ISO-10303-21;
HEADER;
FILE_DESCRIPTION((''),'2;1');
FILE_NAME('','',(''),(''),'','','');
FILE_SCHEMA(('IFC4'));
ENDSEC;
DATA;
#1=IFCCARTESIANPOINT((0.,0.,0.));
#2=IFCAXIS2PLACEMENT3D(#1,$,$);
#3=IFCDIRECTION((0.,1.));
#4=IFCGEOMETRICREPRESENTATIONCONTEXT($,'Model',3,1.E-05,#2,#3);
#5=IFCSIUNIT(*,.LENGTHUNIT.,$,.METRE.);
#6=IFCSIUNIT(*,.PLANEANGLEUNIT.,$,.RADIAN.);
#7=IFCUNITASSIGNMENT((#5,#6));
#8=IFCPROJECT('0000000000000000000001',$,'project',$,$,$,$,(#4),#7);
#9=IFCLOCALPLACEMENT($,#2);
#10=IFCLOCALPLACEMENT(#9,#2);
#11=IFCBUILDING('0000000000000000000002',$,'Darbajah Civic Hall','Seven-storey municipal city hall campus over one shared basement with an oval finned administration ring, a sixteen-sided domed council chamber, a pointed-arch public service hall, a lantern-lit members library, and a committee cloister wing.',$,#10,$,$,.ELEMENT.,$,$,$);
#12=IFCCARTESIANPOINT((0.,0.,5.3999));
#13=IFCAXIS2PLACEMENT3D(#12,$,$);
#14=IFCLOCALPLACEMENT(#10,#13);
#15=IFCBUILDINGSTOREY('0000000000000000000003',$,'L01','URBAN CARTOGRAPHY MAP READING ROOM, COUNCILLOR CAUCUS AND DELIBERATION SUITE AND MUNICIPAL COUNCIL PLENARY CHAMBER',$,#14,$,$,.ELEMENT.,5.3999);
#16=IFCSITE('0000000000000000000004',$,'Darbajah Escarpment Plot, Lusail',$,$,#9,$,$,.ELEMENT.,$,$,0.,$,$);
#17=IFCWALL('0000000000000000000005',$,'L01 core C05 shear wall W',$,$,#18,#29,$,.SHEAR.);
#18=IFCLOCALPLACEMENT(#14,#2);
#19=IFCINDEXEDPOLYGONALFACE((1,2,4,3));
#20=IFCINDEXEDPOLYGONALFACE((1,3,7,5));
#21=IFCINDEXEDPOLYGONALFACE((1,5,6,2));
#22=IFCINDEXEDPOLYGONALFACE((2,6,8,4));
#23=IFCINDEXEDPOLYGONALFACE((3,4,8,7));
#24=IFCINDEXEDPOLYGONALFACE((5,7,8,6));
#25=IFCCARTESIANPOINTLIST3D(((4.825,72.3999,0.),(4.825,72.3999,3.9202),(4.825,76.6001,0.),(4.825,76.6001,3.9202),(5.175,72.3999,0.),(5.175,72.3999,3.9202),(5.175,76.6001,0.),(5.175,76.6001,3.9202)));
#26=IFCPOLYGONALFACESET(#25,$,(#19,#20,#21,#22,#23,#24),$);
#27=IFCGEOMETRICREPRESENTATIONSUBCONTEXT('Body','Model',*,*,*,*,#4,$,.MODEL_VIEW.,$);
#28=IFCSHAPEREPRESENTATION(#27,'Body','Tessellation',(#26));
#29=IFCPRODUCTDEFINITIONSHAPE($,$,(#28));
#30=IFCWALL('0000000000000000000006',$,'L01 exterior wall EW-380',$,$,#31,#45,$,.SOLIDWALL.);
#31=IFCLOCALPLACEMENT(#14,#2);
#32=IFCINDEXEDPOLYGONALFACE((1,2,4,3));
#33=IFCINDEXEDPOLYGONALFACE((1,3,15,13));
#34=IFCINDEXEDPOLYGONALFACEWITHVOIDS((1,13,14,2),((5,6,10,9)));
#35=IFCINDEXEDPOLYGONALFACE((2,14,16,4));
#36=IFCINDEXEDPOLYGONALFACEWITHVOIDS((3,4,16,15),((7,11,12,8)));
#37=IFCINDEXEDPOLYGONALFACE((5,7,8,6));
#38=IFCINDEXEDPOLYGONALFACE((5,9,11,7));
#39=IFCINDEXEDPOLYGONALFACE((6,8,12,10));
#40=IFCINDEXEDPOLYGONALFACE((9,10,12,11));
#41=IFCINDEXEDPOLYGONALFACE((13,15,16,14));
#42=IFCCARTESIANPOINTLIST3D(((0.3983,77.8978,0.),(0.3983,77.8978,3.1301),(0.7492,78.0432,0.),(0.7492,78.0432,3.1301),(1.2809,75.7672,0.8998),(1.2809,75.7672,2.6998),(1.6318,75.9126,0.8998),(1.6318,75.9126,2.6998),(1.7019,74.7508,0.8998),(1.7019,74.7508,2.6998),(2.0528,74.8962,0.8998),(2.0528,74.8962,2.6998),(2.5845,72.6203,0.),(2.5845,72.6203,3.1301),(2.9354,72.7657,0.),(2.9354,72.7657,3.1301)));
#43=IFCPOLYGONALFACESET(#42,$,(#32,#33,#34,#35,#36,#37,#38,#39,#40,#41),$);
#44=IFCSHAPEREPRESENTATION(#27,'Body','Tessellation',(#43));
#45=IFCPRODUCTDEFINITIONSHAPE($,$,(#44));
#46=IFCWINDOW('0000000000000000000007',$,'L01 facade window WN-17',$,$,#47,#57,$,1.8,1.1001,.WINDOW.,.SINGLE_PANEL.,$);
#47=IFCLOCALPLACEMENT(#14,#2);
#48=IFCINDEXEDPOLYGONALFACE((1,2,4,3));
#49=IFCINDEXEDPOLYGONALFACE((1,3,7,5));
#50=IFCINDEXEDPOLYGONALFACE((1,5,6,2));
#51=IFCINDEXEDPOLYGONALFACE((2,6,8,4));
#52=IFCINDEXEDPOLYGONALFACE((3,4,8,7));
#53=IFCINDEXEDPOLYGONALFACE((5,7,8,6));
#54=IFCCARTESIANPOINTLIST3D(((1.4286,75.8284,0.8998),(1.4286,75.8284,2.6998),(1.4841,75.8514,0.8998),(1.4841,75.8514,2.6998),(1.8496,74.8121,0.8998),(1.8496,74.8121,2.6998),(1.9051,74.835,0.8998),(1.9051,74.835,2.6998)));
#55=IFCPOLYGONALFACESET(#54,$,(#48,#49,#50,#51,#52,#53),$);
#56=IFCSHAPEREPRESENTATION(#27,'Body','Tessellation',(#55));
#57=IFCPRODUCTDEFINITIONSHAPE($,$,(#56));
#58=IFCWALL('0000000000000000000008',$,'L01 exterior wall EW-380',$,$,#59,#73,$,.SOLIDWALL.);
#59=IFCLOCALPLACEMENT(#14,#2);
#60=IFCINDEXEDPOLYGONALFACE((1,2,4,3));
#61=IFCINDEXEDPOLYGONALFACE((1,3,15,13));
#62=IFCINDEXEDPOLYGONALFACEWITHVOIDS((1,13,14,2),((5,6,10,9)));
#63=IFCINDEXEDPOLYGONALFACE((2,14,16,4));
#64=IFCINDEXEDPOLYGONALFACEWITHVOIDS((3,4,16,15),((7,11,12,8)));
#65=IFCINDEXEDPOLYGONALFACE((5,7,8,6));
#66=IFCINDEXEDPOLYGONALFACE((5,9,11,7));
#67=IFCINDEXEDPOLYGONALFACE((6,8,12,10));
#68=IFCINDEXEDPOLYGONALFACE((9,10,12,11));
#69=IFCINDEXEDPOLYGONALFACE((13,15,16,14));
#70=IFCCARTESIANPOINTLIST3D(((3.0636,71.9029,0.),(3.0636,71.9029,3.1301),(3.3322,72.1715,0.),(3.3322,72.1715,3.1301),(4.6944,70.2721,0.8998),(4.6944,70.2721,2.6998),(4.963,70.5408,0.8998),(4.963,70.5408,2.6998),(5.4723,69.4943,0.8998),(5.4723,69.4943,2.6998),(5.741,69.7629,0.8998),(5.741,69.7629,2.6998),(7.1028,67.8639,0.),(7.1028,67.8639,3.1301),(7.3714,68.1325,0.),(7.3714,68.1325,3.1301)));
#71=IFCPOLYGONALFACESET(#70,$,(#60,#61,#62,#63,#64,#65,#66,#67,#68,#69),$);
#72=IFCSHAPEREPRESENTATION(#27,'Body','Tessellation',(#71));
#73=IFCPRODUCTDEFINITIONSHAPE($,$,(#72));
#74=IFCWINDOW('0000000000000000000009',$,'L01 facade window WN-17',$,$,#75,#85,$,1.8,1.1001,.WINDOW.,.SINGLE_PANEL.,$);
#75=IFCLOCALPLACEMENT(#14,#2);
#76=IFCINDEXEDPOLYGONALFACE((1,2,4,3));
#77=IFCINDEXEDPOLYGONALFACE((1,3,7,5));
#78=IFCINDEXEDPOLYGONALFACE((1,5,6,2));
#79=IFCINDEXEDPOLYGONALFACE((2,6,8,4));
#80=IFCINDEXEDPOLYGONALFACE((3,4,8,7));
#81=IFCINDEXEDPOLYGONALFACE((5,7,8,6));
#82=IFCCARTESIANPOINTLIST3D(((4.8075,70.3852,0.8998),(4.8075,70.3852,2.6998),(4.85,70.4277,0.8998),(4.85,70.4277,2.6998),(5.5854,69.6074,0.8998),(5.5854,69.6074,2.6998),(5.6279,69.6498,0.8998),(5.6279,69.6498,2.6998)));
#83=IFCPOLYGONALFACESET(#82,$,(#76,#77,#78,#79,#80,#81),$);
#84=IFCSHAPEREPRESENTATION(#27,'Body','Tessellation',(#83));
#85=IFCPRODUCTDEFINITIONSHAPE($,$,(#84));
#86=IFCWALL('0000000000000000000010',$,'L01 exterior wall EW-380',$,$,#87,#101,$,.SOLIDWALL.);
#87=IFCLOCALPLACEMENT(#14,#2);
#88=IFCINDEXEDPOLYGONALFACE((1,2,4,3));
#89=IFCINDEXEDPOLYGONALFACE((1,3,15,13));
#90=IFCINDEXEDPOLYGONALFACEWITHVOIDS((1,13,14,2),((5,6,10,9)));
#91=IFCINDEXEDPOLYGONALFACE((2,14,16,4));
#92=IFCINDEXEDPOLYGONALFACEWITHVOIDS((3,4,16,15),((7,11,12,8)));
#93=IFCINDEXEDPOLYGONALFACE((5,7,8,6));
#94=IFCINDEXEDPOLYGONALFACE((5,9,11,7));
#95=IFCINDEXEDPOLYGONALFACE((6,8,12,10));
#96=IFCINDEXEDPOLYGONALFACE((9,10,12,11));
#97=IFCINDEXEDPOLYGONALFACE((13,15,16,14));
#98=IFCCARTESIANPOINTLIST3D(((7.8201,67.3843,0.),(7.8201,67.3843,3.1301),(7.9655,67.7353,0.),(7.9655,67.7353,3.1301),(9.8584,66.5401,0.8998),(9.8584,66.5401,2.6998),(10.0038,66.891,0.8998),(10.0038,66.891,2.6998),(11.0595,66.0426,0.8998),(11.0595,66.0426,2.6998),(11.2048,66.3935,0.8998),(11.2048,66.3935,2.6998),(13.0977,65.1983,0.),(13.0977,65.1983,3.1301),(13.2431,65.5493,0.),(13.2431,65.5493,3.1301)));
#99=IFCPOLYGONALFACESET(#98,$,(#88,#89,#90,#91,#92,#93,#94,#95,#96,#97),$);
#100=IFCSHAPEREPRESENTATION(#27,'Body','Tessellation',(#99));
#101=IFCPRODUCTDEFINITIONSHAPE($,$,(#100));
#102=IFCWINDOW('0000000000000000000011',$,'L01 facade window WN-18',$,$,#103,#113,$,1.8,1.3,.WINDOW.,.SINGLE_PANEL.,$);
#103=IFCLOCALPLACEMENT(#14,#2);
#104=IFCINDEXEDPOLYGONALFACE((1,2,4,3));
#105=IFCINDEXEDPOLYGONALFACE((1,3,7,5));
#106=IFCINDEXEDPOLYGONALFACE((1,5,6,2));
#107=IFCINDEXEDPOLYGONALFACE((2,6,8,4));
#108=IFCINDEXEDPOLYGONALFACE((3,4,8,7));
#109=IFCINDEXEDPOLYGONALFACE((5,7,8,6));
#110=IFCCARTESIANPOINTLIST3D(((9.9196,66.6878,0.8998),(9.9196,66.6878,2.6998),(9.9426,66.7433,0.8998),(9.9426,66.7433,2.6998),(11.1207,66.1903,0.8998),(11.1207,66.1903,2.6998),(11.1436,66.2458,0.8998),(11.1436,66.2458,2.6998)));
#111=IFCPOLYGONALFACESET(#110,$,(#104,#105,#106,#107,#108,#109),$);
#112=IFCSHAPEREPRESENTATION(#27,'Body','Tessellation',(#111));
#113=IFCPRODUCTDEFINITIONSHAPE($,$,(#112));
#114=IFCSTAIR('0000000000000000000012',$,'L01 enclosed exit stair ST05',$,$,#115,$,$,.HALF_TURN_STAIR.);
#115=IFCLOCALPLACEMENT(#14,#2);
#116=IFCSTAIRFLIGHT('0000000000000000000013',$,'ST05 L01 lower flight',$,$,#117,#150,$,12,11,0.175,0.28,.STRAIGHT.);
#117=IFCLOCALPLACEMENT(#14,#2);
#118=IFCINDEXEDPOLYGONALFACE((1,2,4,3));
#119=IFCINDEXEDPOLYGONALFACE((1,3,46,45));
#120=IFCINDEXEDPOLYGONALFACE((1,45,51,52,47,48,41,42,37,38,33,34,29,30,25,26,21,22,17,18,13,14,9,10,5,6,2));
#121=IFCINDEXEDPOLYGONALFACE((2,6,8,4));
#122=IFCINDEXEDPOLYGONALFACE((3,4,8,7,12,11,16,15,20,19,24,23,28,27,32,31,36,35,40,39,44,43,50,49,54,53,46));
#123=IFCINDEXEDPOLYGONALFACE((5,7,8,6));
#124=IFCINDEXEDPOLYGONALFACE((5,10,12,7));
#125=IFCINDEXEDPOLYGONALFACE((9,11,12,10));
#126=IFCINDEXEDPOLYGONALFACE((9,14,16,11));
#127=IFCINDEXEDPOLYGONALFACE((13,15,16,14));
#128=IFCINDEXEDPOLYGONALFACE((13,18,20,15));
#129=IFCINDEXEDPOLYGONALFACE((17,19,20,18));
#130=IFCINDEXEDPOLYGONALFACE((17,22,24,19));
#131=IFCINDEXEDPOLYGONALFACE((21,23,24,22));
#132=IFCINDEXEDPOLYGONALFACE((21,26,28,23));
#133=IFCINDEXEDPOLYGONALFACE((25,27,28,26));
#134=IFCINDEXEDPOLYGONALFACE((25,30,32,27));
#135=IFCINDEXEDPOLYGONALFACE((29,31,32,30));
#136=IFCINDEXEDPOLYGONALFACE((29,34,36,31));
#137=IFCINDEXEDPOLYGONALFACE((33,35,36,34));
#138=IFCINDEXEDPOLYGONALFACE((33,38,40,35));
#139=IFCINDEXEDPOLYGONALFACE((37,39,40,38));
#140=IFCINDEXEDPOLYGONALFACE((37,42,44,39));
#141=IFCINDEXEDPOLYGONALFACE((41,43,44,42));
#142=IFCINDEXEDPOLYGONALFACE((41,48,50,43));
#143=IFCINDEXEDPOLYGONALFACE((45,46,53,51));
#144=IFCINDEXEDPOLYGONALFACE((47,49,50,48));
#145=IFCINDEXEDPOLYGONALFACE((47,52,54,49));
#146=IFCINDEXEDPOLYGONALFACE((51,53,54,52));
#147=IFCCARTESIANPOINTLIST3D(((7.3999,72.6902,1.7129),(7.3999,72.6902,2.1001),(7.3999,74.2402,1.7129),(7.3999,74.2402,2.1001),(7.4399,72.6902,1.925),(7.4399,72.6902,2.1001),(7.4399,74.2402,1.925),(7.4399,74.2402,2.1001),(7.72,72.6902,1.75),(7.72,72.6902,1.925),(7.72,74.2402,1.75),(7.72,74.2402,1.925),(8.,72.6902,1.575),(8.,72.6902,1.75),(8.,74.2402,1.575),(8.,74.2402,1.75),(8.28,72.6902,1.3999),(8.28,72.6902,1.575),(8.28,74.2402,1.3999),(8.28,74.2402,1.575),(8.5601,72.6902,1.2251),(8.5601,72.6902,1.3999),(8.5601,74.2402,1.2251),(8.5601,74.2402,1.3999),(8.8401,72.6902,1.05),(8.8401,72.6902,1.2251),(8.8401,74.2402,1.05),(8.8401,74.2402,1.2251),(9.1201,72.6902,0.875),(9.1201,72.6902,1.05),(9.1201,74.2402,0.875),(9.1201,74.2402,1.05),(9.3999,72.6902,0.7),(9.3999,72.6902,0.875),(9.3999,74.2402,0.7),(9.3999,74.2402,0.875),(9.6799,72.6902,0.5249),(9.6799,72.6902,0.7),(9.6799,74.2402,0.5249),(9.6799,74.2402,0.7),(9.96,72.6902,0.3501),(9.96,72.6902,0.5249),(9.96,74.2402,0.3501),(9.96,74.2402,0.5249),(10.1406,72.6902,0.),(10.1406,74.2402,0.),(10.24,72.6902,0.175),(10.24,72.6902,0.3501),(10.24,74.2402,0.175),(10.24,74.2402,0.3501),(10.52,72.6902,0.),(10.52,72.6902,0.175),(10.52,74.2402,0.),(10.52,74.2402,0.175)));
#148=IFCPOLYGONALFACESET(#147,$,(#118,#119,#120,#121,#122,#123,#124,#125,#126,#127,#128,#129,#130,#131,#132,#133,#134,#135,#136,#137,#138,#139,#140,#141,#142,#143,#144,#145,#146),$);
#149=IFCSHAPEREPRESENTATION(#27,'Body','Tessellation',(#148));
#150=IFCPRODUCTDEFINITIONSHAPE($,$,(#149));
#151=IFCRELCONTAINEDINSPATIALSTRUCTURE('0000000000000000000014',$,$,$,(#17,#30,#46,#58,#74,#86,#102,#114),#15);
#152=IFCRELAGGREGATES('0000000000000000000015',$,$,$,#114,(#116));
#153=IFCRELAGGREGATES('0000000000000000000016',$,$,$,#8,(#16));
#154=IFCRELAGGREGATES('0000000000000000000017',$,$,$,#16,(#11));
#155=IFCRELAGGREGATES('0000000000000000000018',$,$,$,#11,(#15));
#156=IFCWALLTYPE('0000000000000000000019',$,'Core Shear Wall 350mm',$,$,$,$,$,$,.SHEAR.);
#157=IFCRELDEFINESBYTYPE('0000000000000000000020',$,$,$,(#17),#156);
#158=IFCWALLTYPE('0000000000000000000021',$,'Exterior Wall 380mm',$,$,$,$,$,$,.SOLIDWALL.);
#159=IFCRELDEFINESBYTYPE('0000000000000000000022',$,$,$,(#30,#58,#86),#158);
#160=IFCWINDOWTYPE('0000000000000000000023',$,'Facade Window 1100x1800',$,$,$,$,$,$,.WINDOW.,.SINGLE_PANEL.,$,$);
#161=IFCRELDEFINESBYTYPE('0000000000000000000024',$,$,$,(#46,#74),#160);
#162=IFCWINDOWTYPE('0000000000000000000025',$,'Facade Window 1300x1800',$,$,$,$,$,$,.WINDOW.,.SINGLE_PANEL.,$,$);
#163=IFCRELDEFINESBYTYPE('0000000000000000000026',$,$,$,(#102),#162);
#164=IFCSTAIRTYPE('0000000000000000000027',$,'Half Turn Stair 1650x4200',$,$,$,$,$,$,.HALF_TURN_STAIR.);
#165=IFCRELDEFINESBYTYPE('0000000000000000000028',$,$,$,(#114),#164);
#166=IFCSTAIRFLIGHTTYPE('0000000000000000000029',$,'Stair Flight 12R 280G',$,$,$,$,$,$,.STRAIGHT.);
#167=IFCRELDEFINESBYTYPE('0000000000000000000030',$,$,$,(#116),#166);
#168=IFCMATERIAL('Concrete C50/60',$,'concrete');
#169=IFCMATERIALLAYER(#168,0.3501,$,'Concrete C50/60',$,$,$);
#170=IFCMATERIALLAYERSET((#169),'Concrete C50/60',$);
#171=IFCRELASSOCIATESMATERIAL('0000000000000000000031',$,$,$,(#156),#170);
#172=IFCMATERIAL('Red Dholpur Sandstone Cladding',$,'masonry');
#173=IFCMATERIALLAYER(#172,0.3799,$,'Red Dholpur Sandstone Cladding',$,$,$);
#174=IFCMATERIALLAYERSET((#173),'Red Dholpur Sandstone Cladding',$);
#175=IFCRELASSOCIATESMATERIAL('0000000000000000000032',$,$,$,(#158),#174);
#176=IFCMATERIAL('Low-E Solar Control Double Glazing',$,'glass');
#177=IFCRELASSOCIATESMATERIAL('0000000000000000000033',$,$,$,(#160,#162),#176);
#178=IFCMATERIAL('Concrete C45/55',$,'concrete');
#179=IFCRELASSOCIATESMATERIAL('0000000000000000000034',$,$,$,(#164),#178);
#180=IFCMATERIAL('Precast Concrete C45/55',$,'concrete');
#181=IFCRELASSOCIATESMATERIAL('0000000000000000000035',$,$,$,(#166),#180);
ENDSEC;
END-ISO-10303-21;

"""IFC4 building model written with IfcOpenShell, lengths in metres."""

from ifc_helpers import new_model, si_unit, direction, frame, frame_2d, origin, place, context, subcontext, project, spatial, polyline, rectangle, outline, extrude, material, layer, layer_set, type_object, element, fill, aggregate, save


model = new_model("IFC4")

# Units and contexts
model_context = context("Model", 3, precision=1e-05, world=origin(), true_north=direction((0.0, 1.0)))
body_context = subcontext(model_context, "Body", "Model", "MODEL_VIEW")
ifc_project = project(units=[si_unit("LENGTHUNIT", "METRE"), si_unit("PLANEANGLEUNIT", "RADIAN")], contexts=[model_context])

# Site, building, storey
site_placement = place(None, origin())
site = spatial("IfcSite", under=ifc_project, at=site_placement, Name="Darbajah Escarpment Plot, Lusail", CompositionType="ELEMENT", RefElevation=0.0)
building_placement = place(site_placement, origin())
building = spatial("IfcBuilding", under=site, at=building_placement, Name="Darbajah Civic Hall", Description="Seven-storey municipal city hall campus over one shared basement with an oval finned administration ring, a sixteen-sided domed council chamber, a pointed-arch public service hall, a lantern-lit members library, and a committee cloister wing.", CompositionType="ELEMENT")
storey_placement = place(building_placement, frame((0.0, 0.0, 5.3999)))
storey = spatial("IfcBuildingStorey", under=building, at=storey_placement, Name="L01", Description="URBAN CARTOGRAPHY MAP READING ROOM, COUNCILLOR CAUCUS AND DELIBERATION SUITE AND MUNICIPAL COUNCIL PLENARY CHAMBER", CompositionType="ELEMENT", Elevation=5.3999)

# Shared definitions
ifc_material_1 = material(Name="Concrete C45/55", Category="concrete")
ifc_material_2 = material(Name="Concrete C50/60", Category="concrete")

# Wall
ifc_layer_1 = layer(ifc_material_2, 0.3501, Name="Concrete C50/60")
ifc_layer_set_1 = layer_set([ifc_layer_1], Name="Concrete C50/60")
wall_type_1 = type_object("IfcWallType", Name="Core Shear Wall 350mm", PredefinedType="SHEAR", material=ifc_layer_set_1)
wall_1_placement = place(storey_placement, frame((5.0, 76.6001, 0.0), z_axis=(0.0, 0.0, 1.0), x_axis=(0.0, -1.0, 0.0)))
element("IfcWall", 1, at=wall_1_placement, inside=storey, type_object=wall_type_1, Name="L01 core C05 shear wall W", PredefinedType="SHEAR", context=body_context, shape_type="SweptSolid", body=[
    extrude(rectangle(XDim=4.2002, YDim=0.3501, at=frame_2d((2.1001, 0.0))), origin(), (0.0, 0.0, 1.0), 3.9202),
])

# Walls, openings, windows
ifc_material_3 = material(Name="Red Dholpur Sandstone Cladding", Category="masonry")
ifc_layer_2 = layer(ifc_material_3, 0.3799, Name="Red Dholpur Sandstone Cladding")
ifc_layer_set_2 = layer_set([ifc_layer_2], Name="Red Dholpur Sandstone Cladding")
wall_type_2 = type_object("IfcWallType", Name="Exterior Wall 380mm", PredefinedType="SOLIDWALL", material=ifc_layer_set_2)
wall_2_placement = place(storey_placement, frame((0.5737, 77.9705, 0.0), z_axis=(0.0, 0.0, 1.0), x_axis=(0.382718, -0.923865, 0.0)))
wall_2 = element("IfcWall", 2, at=wall_2_placement, inside=storey, type_object=wall_type_2, Name="L01 exterior wall EW-380", PredefinedType="SOLIDWALL", context=body_context, shape_type="SweptSolid", body=[
    extrude(rectangle(XDim=5.7124, YDim=0.3799, at=frame_2d((2.8562, 0.0))), origin(), (0.0, 0.0, 1.0), 3.1301),
])
opening_1_placement = place(wall_2_placement, frame((2.3062, 0.0, 0.8999)))
opening_1 = element("IfcOpeningElement", 3, at=opening_1_placement, cuts=wall_2, PredefinedType="OPENING", context=body_context, shape_type="SweptSolid", body=[
    extrude(rectangle(XDim=1.1001, YDim=1.8, at=frame_2d((0.55, 0.8999))), frame((0.0, 0.2, 0.0), z_axis=(0.0, -1.0, 0.0), x_axis=(1.0, 0.0, 0.0)), (0.0, 0.0, 1.0), 0.3999),
])
ifc_material_4 = material(Name="Low-E Solar Control Double Glazing", Category="glass")
window_type_1 = type_object("IfcWindowType", Name="Facade Window 1100x1800", PartitioningType="SINGLE_PANEL", PredefinedType="WINDOW", material=ifc_material_4)
window_1_placement = place(opening_1_placement, origin())
window_1 = element("IfcWindow", 4, at=window_1_placement, inside=storey, type_object=window_type_1, Name="L01 facade window WN-17", OverallHeight=1.8, OverallWidth=1.1001, PartitioningType="SINGLE_PANEL", PredefinedType="WINDOW", context=body_context, shape_type="SweptSolid", body=[
    extrude(rectangle(XDim=1.1001, YDim=1.8, at=frame_2d((0.55, 0.8999))), frame((0.0, 0.03, 0.0), z_axis=(0.0, -1.0, 0.0), x_axis=(1.0, 0.0, 0.0)), (0.0, 0.0, 1.0), 0.0601),
])
fill(opening_1, window_1)
wall_3_placement = place(storey_placement, frame((3.198, 72.0371, 0.0), z_axis=(0.0, 0.0, 1.0), x_axis=(0.707128, -0.707085, 0.0)))
wall_3 = element("IfcWall", 5, at=wall_3_placement, inside=storey, type_object=wall_type_2, Name="L01 exterior wall EW-380", PredefinedType="SOLIDWALL", context=body_context, shape_type="SweptSolid", body=[
    extrude(rectangle(XDim=5.7122, YDim=0.3799, at=frame_2d((2.856, 0.0))), origin(), (0.0, 0.0, 1.0), 3.1301),
])
opening_2_placement = place(wall_3_placement, frame((2.3062, 0.0, 0.8999)))
opening_2 = element("IfcOpeningElement", 6, at=opening_2_placement, cuts=wall_3, PredefinedType="OPENING", context=body_context, shape_type="SweptSolid", body=[
    extrude(rectangle(XDim=1.1001, YDim=1.8, at=frame_2d((0.55, 0.8999))), frame((0.0, 0.2, 0.0), z_axis=(0.0, -1.0, 0.0), x_axis=(1.0, 0.0, 0.0)), (0.0, 0.0, 1.0), 0.3999),
])
window_2_placement = place(opening_2_placement, origin())
window_2 = element("IfcWindow", 7, at=window_2_placement, inside=storey, type_object=window_type_1, Name="L01 facade window WN-17", OverallHeight=1.8, OverallWidth=1.1001, PartitioningType="SINGLE_PANEL", PredefinedType="WINDOW", context=body_context, shape_type="SweptSolid", body=[
    extrude(rectangle(XDim=1.1001, YDim=1.8, at=frame_2d((0.55, 0.8999))), frame((0.0, 0.03, 0.0), z_axis=(0.0, -1.0, 0.0), x_axis=(1.0, 0.0, 0.0)), (0.0, 0.0, 1.0), 0.0601),
])
fill(opening_2, window_2)
wall_4_placement = place(storey_placement, frame((7.8928, 67.5598, 0.0), z_axis=(0.0, 0.0, 1.0), x_axis=(0.92388, -0.382681, 0.0)))
wall_4 = element("IfcWall", 8, at=wall_4_placement, inside=storey, type_object=wall_type_2, Name="L01 exterior wall EW-380", PredefinedType="SOLIDWALL", context=body_context, shape_type="SweptSolid", body=[
    extrude(rectangle(XDim=5.7124, YDim=0.3799, at=frame_2d((2.8562, 0.0))), origin(), (0.0, 0.0, 1.0), 3.1301),
])
opening_3_placement = place(wall_4_placement, frame((2.2063, 0.0, 0.8999)))
opening_3 = element("IfcOpeningElement", 9, at=opening_3_placement, cuts=wall_4, PredefinedType="OPENING", context=body_context, shape_type="SweptSolid", body=[
    extrude(rectangle(XDim=1.3, YDim=1.8, at=frame_2d((0.6499, 0.8999))), frame((0.0, 0.2, 0.0), z_axis=(0.0, -1.0, 0.0), x_axis=(1.0, 0.0, 0.0)), (0.0, 0.0, 1.0), 0.3999),
])
window_type_2 = type_object("IfcWindowType", Name="Facade Window 1300x1800", PartitioningType="SINGLE_PANEL", PredefinedType="WINDOW", material=ifc_material_4)
window_3_placement = place(opening_3_placement, origin())
window_3 = element("IfcWindow", 10, at=window_3_placement, inside=storey, type_object=window_type_2, Name="L01 facade window WN-18", OverallHeight=1.8, OverallWidth=1.3, PartitioningType="SINGLE_PANEL", PredefinedType="WINDOW", context=body_context, shape_type="SweptSolid", body=[
    extrude(rectangle(XDim=1.3, YDim=1.8, at=frame_2d((0.6499, 0.8999))), frame((0.0, 0.03, 0.0), z_axis=(0.0, -1.0, 0.0), x_axis=(1.0, 0.0, 0.0)), (0.0, 0.0, 1.0), 0.0601),
])
fill(opening_3, window_3)

# Stair, stair flight
stair_type = type_object("IfcStairType", Name="Half Turn Stair 1650x4200", PredefinedType="HALF_TURN_STAIR", material=ifc_material_1)
stair_placement = place(storey_placement, origin())
stair = element("IfcStair", 11, at=stair_placement, inside=storey, type_object=stair_type, Name="L01 enclosed exit stair ST05", PredefinedType="HALF_TURN_STAIR")
ifc_material_5 = material(Name="Precast Concrete C45/55", Category="concrete")
stair_flight_type = type_object("IfcStairFlightType", Name="Stair Flight 12R 280G", PredefinedType="STRAIGHT", material=ifc_material_5)
stair_flight_1_placement = place(storey_placement, frame((10.52, 73.4651, 0.0), z_axis=(0.0, 0.0, 1.0), x_axis=(-1.0, 0.0, 0.0)))
stair_flight_1 = element("IfcStairFlight", 12, at=stair_flight_1_placement, type_object=stair_flight_type, Name="ST05 L01 lower flight", NumberOfRisers=12, NumberOfTreads=11, PredefinedType="STRAIGHT", RiserHeight=0.175, TreadLength=0.28, context=body_context, shape_type="SweptSolid", body=[
    extrude(outline(polyline([(0.0, 0.0), (0.0, 0.175), (0.28, 0.175), (0.28, 0.3501), (0.5601, 0.3501), (0.5601, 0.5249), (0.8401, 0.5249), (0.8401, 0.7), (1.1201, 0.7), (1.1201, 0.875), (1.3999, 0.875), (1.3999, 1.05), (1.6799, 1.05), (1.6799, 1.2251), (1.96, 1.2251), (1.96, 1.3999), (2.24, 1.3999), (2.24, 1.575), (2.52, 1.575), (2.52, 1.75), (2.8, 1.75), (2.8, 1.925), (3.0801, 1.925), (3.0801, 2.1001), (3.1201, 2.1001), (3.1201, 1.7129), (0.3794, 0.0), (0.0, 0.0)])), frame((0.0, 0.7749, 0.0), z_axis=(0.0, -1.0, 0.0), x_axis=(1.0, 0.0, 0.0)), (0.0, 0.0, 1.0), 1.55),
])
aggregate(stair, [stair_flight_1])

save(model, "model.ifc")
